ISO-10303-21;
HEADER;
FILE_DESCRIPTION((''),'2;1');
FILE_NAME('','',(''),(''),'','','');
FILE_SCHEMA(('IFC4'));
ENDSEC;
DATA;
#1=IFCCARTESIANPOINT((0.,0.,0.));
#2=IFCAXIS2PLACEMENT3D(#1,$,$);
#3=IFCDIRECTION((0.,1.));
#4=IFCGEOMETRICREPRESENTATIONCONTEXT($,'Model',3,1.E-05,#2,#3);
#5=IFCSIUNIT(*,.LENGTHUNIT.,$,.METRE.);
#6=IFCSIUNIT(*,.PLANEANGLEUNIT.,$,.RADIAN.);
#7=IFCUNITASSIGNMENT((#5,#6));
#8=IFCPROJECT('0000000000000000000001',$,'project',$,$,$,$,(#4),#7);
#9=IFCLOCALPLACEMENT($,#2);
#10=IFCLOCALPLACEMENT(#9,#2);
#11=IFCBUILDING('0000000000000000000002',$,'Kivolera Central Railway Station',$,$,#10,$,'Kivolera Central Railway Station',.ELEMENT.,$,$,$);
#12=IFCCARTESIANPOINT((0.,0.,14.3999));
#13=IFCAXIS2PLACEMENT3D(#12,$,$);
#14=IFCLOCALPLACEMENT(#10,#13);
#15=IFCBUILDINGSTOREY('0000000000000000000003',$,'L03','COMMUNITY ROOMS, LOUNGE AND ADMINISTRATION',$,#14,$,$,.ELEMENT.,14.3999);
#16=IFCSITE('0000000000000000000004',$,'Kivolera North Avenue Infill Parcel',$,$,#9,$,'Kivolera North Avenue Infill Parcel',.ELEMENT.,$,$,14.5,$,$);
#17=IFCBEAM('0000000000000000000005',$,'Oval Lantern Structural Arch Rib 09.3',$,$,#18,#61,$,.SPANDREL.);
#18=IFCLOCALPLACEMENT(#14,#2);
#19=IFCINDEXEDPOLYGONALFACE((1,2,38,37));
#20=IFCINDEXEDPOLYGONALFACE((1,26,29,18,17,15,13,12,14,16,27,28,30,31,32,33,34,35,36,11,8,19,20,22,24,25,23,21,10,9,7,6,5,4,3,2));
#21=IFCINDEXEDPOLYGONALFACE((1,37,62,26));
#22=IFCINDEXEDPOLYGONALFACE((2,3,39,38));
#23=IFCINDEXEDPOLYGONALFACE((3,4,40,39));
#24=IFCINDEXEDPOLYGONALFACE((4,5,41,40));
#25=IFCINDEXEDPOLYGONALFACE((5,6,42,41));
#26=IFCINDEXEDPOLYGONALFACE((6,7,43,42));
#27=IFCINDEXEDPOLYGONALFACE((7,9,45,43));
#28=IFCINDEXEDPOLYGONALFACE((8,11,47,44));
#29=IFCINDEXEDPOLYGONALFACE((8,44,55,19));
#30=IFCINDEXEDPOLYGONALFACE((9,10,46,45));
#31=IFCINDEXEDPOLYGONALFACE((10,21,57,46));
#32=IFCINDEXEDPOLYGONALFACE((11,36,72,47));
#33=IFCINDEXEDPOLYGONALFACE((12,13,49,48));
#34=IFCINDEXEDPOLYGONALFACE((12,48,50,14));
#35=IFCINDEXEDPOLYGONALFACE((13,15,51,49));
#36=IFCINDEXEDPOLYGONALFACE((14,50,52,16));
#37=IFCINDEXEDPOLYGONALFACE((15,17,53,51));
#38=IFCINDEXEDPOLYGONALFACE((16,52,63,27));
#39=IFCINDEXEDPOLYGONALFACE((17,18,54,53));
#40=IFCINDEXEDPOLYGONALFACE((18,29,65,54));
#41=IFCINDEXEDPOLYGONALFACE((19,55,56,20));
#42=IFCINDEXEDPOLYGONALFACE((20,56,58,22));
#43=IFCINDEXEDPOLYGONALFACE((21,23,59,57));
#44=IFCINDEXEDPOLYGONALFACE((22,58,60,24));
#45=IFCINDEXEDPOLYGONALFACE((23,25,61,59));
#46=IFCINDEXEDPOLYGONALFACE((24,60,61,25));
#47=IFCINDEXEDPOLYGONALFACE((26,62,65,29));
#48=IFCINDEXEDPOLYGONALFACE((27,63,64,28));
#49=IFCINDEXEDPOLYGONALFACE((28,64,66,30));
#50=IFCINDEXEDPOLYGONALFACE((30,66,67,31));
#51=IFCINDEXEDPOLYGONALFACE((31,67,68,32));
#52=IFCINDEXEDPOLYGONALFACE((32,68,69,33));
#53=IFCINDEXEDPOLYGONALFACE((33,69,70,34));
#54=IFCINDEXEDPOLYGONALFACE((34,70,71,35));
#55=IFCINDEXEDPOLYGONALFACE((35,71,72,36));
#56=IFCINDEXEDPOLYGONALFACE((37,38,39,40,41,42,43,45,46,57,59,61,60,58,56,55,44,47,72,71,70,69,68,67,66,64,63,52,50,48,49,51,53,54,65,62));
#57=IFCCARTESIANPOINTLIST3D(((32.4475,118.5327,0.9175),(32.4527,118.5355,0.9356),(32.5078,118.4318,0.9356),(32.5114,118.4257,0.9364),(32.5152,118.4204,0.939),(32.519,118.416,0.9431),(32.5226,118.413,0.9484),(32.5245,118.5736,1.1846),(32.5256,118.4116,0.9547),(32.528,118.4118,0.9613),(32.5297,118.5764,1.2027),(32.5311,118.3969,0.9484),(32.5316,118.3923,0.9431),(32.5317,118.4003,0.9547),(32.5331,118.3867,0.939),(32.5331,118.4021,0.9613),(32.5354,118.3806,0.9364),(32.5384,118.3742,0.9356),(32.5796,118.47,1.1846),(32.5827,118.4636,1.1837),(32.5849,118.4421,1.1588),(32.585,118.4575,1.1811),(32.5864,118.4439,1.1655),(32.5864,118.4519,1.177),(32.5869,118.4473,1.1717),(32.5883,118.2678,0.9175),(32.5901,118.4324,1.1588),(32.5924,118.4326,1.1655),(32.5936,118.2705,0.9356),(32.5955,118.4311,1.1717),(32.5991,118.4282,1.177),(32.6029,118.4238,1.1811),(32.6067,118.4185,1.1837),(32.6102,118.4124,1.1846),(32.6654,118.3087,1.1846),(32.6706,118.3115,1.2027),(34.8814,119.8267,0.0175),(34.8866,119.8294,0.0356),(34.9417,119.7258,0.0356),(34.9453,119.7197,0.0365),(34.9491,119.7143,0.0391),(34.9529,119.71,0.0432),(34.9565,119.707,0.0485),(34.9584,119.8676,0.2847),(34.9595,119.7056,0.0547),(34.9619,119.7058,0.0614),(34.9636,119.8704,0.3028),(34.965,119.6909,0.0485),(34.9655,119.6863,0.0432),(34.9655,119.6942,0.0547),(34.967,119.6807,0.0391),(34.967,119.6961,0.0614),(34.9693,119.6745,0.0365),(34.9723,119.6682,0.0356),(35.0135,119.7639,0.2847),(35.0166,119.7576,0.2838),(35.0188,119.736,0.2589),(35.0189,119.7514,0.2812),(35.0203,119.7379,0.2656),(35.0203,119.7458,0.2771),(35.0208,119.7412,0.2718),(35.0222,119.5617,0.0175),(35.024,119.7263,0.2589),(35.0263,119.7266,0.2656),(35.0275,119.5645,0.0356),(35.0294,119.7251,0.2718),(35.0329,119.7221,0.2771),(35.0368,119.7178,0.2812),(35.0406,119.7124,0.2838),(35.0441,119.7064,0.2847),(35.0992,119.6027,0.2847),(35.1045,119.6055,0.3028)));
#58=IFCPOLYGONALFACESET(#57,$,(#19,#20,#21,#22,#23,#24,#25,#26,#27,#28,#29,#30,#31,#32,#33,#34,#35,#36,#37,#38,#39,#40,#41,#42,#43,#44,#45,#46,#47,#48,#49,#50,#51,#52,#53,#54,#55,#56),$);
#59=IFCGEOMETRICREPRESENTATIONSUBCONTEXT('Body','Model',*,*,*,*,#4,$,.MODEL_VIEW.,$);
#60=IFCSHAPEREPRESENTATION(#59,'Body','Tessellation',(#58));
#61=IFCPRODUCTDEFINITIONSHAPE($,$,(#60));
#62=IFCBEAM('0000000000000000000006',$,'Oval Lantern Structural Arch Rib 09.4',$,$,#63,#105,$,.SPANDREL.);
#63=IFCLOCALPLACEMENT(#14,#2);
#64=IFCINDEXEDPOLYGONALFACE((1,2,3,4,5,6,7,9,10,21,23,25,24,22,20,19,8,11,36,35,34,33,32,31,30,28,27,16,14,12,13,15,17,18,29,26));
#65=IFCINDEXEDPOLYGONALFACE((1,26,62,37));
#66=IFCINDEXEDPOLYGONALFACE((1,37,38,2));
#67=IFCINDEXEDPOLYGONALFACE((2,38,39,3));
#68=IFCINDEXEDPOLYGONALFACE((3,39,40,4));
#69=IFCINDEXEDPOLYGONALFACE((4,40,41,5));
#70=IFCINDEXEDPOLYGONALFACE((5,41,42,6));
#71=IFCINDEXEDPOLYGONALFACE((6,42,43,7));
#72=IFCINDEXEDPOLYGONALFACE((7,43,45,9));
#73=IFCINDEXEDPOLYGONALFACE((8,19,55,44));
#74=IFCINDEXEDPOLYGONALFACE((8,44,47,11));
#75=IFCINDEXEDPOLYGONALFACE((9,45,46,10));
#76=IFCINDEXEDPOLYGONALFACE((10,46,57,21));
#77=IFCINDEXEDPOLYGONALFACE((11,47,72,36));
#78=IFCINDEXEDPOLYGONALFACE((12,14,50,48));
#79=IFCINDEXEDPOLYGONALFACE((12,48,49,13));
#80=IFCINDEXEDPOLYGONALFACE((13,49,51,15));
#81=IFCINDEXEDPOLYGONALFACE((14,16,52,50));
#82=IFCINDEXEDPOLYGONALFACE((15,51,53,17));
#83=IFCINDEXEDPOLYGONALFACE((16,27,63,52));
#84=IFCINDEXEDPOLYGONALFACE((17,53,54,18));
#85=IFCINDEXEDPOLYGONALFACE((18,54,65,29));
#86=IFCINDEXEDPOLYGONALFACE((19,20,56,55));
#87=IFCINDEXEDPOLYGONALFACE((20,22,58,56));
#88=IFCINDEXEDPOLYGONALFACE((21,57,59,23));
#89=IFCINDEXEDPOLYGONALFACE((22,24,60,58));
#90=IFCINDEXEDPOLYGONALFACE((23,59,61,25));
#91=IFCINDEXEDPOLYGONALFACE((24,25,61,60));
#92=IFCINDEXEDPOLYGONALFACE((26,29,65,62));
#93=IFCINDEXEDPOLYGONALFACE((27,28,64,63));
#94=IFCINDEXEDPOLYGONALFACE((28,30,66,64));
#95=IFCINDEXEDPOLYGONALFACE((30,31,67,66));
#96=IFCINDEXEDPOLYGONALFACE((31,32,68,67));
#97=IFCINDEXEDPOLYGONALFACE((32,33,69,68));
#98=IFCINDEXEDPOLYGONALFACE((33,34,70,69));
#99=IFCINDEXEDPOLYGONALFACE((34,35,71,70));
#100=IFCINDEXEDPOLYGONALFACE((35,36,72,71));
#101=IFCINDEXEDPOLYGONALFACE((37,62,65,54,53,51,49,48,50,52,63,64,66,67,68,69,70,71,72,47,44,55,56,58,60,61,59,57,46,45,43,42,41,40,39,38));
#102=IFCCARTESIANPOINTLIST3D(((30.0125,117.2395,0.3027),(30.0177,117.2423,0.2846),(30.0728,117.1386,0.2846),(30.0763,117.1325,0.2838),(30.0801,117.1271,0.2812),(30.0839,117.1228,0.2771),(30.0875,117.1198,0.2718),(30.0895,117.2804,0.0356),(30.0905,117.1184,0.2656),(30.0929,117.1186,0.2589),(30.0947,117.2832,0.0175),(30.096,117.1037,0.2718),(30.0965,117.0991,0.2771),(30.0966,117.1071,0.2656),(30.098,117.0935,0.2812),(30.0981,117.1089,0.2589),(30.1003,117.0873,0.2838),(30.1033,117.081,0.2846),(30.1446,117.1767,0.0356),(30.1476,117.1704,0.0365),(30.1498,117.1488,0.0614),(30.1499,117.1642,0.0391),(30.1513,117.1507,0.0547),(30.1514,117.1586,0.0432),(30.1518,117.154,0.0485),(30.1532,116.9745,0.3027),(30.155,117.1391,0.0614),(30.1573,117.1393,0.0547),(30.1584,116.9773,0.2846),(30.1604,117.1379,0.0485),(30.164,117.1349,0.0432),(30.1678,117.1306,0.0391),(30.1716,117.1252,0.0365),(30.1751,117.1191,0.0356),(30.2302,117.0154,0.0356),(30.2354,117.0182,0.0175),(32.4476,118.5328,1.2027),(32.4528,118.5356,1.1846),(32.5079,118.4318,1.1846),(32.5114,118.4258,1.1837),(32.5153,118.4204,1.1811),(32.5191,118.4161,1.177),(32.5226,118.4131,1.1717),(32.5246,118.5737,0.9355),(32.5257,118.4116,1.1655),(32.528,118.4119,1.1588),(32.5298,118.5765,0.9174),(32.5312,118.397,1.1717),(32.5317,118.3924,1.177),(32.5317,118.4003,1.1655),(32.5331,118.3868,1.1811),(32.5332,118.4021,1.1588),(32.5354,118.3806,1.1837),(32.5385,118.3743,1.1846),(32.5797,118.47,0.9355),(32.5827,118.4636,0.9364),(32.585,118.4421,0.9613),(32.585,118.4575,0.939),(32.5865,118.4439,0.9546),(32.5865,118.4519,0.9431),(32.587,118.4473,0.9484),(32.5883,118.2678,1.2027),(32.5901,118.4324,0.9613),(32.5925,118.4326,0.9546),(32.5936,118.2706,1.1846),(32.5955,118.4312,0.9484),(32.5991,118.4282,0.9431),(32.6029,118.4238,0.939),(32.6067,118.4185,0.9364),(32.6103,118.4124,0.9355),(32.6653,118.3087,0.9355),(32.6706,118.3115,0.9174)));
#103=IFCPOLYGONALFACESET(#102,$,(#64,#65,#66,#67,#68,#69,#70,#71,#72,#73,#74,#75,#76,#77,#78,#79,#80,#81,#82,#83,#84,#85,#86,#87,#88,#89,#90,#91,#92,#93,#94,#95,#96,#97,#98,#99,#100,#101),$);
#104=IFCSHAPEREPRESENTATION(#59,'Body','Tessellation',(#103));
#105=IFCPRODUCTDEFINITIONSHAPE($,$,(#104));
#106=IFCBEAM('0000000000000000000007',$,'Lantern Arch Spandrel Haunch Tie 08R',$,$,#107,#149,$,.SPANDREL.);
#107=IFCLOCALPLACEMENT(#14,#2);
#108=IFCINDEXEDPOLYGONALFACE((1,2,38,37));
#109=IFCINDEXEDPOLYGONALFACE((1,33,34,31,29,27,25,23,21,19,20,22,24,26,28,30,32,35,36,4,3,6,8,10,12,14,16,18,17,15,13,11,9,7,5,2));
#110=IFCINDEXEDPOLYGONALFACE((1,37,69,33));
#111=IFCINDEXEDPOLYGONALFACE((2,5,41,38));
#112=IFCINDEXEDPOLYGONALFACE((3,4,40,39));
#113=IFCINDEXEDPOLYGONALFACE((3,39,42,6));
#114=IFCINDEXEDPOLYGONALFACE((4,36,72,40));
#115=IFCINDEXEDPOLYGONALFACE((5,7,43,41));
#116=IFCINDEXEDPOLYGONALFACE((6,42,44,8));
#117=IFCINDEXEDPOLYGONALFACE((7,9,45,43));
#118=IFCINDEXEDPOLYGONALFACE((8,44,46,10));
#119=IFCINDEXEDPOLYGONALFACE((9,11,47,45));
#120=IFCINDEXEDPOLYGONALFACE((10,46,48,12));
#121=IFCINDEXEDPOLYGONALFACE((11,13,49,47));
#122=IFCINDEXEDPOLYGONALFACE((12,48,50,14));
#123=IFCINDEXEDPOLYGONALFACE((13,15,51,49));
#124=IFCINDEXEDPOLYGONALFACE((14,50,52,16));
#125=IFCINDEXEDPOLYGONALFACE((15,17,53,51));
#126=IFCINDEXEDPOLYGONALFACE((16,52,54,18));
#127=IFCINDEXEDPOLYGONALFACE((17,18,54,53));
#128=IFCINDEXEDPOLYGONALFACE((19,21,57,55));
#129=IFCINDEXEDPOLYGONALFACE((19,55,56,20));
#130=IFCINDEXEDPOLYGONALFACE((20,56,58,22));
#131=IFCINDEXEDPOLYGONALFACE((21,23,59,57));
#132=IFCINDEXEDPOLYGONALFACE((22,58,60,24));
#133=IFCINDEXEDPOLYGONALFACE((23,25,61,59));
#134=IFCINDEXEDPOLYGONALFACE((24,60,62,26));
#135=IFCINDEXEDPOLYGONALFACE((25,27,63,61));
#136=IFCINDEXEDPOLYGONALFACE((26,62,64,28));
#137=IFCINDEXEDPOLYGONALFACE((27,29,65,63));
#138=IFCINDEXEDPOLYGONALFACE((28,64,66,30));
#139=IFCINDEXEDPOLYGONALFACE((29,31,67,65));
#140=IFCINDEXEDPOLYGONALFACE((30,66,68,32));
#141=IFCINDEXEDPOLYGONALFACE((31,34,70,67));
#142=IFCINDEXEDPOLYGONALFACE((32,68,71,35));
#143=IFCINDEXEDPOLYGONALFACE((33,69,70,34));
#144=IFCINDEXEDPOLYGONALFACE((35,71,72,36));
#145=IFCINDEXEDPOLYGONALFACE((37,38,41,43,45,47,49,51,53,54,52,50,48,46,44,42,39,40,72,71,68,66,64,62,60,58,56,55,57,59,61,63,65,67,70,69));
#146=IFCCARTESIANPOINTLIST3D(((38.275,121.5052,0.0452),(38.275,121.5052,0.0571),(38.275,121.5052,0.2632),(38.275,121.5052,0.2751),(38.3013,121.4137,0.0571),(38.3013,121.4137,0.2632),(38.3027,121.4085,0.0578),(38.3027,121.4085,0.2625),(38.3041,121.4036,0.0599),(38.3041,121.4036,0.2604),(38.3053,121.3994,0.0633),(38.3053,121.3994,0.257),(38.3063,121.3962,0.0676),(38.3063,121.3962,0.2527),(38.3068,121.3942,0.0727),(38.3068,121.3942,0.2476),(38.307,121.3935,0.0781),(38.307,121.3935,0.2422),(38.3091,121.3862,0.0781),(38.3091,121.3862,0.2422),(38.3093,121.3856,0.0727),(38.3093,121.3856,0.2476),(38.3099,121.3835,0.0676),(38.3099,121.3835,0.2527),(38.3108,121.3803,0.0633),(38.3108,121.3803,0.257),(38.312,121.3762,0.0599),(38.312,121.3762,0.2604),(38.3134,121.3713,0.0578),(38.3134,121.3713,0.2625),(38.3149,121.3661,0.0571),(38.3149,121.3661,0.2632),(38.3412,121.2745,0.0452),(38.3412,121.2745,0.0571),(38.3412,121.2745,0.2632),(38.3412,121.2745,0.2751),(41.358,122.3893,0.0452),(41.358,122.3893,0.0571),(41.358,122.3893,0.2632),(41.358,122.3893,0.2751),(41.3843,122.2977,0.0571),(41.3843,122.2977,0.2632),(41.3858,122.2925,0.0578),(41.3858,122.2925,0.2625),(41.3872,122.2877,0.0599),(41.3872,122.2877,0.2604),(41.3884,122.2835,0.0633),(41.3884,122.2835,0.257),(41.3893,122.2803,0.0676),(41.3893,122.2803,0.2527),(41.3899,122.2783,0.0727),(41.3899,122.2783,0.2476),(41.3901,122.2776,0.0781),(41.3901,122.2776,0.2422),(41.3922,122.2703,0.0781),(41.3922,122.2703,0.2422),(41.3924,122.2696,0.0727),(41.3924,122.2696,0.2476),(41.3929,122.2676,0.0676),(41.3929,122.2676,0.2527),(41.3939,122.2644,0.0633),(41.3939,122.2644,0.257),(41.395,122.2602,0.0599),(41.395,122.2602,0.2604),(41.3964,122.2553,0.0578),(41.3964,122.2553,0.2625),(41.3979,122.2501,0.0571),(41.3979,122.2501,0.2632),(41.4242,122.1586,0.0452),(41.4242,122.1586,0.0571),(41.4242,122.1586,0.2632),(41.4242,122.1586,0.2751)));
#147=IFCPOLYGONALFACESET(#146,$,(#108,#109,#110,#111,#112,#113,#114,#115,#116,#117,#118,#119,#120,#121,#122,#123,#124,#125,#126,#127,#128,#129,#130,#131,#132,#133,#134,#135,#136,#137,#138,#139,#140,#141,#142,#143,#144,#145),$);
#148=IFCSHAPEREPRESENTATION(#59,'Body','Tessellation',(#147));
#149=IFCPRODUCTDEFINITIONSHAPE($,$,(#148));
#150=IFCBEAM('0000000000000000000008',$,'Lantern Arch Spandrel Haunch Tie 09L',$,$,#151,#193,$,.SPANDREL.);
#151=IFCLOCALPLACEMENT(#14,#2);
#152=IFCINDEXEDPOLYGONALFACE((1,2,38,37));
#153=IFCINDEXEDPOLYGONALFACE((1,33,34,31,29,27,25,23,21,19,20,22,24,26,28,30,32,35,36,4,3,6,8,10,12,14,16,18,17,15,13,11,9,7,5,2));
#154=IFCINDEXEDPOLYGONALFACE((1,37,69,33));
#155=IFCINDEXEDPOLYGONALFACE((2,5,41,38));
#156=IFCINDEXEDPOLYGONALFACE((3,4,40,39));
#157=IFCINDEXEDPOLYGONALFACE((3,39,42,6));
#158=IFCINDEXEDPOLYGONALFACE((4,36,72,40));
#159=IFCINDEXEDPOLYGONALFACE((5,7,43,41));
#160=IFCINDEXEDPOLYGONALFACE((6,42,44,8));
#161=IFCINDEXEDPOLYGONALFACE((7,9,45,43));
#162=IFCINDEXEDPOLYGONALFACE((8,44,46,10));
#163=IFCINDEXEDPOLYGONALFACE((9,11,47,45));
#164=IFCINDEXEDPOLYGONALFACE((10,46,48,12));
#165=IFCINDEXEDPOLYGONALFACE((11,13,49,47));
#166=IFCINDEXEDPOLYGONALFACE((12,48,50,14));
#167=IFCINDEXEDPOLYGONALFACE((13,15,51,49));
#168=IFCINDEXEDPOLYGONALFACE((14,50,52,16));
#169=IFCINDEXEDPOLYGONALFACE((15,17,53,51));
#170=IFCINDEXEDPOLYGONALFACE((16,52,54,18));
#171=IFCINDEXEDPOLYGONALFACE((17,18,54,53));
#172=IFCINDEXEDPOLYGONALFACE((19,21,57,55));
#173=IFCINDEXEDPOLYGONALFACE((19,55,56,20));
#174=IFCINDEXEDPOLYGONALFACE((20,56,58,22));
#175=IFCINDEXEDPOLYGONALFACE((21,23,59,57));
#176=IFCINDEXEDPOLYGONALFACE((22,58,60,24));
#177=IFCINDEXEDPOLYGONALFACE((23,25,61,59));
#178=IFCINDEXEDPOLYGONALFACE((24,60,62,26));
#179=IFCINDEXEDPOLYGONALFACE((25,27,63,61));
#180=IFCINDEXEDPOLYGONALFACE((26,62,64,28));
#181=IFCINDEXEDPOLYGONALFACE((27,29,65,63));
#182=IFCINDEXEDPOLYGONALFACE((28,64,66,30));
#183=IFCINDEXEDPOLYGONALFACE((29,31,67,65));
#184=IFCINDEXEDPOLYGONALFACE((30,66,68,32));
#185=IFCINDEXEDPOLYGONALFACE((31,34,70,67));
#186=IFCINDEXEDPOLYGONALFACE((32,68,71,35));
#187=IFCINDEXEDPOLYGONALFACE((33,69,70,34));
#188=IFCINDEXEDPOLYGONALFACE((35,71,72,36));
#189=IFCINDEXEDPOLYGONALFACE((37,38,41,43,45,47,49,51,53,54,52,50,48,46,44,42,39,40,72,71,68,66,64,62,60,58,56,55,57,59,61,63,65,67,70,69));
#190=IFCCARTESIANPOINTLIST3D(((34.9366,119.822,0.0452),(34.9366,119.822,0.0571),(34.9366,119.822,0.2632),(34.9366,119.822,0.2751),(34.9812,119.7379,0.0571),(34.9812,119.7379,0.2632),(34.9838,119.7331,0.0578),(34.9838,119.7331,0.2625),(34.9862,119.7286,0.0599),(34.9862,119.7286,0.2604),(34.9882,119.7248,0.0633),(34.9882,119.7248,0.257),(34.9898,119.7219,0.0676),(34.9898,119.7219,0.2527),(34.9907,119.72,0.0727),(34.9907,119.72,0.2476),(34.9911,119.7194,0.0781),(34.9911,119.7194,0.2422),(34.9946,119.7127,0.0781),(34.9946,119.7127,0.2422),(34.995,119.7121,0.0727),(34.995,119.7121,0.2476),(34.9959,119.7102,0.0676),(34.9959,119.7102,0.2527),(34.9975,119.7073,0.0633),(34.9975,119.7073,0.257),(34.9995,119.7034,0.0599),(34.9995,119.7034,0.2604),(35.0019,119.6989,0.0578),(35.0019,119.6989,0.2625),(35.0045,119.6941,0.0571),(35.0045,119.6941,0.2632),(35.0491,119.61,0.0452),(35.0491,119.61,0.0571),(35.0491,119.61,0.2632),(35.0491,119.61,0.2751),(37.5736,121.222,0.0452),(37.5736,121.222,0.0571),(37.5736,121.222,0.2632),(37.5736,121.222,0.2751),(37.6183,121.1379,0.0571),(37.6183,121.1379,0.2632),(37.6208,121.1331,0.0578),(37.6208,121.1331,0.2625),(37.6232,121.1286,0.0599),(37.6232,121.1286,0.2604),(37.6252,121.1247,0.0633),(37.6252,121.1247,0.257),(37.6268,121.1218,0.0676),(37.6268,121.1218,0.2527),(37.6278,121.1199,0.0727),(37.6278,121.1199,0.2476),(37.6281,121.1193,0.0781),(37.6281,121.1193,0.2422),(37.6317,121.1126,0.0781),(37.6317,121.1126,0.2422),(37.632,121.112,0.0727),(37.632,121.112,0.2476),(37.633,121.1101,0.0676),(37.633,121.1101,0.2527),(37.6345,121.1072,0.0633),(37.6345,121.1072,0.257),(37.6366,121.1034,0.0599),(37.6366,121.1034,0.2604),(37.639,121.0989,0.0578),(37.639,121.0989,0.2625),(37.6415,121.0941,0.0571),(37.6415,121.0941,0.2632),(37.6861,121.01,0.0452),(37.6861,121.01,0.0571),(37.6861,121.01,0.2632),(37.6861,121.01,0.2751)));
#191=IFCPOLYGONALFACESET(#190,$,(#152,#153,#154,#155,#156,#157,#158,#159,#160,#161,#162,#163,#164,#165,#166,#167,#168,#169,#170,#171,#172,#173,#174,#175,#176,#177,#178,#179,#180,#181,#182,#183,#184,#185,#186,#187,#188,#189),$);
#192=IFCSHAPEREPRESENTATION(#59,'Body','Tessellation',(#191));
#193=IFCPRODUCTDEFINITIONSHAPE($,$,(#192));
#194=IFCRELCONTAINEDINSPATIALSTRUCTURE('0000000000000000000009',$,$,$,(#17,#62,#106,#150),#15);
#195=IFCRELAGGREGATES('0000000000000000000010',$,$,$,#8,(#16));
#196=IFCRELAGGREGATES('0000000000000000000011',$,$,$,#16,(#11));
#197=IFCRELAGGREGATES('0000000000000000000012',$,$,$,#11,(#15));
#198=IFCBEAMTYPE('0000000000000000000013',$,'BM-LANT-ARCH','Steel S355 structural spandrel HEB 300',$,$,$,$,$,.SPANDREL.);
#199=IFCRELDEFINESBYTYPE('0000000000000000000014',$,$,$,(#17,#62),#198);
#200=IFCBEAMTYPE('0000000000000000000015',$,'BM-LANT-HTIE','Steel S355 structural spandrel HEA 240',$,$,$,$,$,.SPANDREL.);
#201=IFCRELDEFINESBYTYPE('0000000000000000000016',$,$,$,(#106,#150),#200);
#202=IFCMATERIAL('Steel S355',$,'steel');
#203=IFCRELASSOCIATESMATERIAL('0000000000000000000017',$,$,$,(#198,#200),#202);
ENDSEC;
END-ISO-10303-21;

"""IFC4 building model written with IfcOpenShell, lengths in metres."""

from ifc_helpers import new_model, si_unit, direction, frame, origin, origin_2d, place, context, subcontext, project, spatial, i_section, extrude, material, material_profile, profile_set, type_object, element, save


model = new_model("IFC4")

# Units and contexts
model_context = context("Model", 3, precision=1e-05, world=origin(), true_north=direction((0.0, 1.0)))
body_context = subcontext(model_context, "Body", "Model", "MODEL_VIEW")
ifc_project = project(units=[si_unit("LENGTHUNIT", "METRE"), si_unit("PLANEANGLEUNIT", "RADIAN")], contexts=[model_context])

# Site, building, storey
site_placement = place(None, origin())
site = spatial("IfcSite", under=ifc_project, at=site_placement, Name="Kivolera North Avenue Infill Parcel", LongName="Kivolera North Avenue Infill Parcel", CompositionType="ELEMENT", RefElevation=14.5)
building_placement = place(site_placement, origin())
building = spatial("IfcBuilding", under=site, at=building_placement, Name="Kivolera Central Railway Station", LongName="Kivolera Central Railway Station", CompositionType="ELEMENT")
storey_placement = place(building_placement, frame((0.0, 0.0, 14.3999)))
storey = spatial("IfcBuildingStorey", under=building, at=storey_placement, Name="L03", Description="COMMUNITY ROOMS, LOUNGE AND ADMINISTRATION", CompositionType="ELEMENT", Elevation=14.3999)

# Beams
ifc_material_1 = material(Name="Steel S355", Category="steel")
ifc_material_profile_1 = material_profile(ifc_material_1, i_section(OverallWidth=0.3, OverallDepth=0.3, WebThickness=0.011, FlangeThickness=0.019, FilletRadius=0.0271, at=origin_2d()), Name="HEB 300")
ifc_profile_set_1 = profile_set([ifc_material_profile_1], Name="Steel S355")
beam_type_1 = type_object("IfcBeamType", Name="BM-LANT-ARCH", Description="Steel S355 structural spandrel HEB 300", PredefinedType="SPANDREL", material=ifc_profile_set_1)
beam_1_placement = place(storey_placement, frame((34.9929, 119.7161, 0.1602), z_axis=(-0.83937, -0.446249, 0.310354), x_axis=(0.469429, -0.88297, 0.0)))
element("IfcBeam", 1, at=beam_1_placement, inside=storey, type_object=beam_type_1, Name="Oval Lantern Structural Arch Rib 09.3", PredefinedType="SPANDREL", context=body_context, shape_type="SweptSolid", body=[
    extrude(i_section(OverallWidth=0.3, OverallDepth=0.3, WebThickness=0.011, FlangeThickness=0.019, FilletRadius=0.0271, at=origin_2d()), origin(), (0.0, 0.0, 1.0), 2.8997),
])
beam_2_placement = place(storey_placement, frame((32.5591, 118.4221, 1.0601), z_axis=(-0.839589, -0.44589, -0.310279), x_axis=(0.469039, -0.883178, 0.0)))
element("IfcBeam", 2, at=beam_2_placement, inside=storey, type_object=beam_type_1, Name="Oval Lantern Structural Arch Rib 09.4", PredefinedType="SPANDREL", context=body_context, shape_type="SweptSolid", body=[
    extrude(i_section(OverallWidth=0.3, OverallDepth=0.3, WebThickness=0.011, FlangeThickness=0.019, FilletRadius=0.0271, at=origin_2d()), origin(), (0.0, 0.0, 1.0), 2.9004),
])
ifc_material_profile_2 = material_profile(ifc_material_1, i_section(OverallWidth=0.24, OverallDepth=0.23, WebThickness=0.0076, FlangeThickness=0.012, FilletRadius=0.021, at=origin_2d()), Name="HEA 240")
ifc_profile_set_2 = profile_set([ifc_material_profile_2], Name="Steel S355")
beam_type_2 = type_object("IfcBeamType", Name="BM-LANT-HTIE", Description="Steel S355 structural spandrel HEA 240", PredefinedType="SPANDREL", material=ifc_profile_set_2)
beam_3_placement = place(storey_placement, frame((41.3911, 122.2739, 0.1602), z_axis=(-0.961262, -0.275636, 0.0), x_axis=(0.275636, -0.961262, 0.0)))
element("IfcBeam", 3, at=beam_3_placement, inside=storey, type_object=beam_type_2, Name="Lantern Arch Spandrel Haunch Tie 08R", PredefinedType="SPANDREL", context=body_context, shape_type="SweptSolid", body=[
    extrude(i_section(OverallWidth=0.24, OverallDepth=0.23, WebThickness=0.0076, FlangeThickness=0.012, FilletRadius=0.021, at=origin_2d()), origin(), (0.0, 0.0, 1.0), 3.2073),
])
for number, where, z_axis, x_axis, name in (
    (4, (37.6299, 121.116, 0.1602), (-0.883252, -0.468898, 0.0), (0.468898, -0.883252, 0.0), "Lantern Arch Spandrel Haunch Tie 09L"),
):
    element("IfcBeam", number, at=place(storey_placement, frame(where, z_axis=z_axis, x_axis=x_axis)), inside=storey, type_object=beam_type_2, Name=name, PredefinedType="SPANDREL", context=body_context, shape_type="SweptSolid", body=[
        extrude(i_section(OverallWidth=0.24, OverallDepth=0.23, WebThickness=0.0076, FlangeThickness=0.012, FilletRadius=0.021, at=origin_2d()), origin(), (0.0, 0.0, 1.0), 2.9856),
    ])

save(model, "model.ifc")
